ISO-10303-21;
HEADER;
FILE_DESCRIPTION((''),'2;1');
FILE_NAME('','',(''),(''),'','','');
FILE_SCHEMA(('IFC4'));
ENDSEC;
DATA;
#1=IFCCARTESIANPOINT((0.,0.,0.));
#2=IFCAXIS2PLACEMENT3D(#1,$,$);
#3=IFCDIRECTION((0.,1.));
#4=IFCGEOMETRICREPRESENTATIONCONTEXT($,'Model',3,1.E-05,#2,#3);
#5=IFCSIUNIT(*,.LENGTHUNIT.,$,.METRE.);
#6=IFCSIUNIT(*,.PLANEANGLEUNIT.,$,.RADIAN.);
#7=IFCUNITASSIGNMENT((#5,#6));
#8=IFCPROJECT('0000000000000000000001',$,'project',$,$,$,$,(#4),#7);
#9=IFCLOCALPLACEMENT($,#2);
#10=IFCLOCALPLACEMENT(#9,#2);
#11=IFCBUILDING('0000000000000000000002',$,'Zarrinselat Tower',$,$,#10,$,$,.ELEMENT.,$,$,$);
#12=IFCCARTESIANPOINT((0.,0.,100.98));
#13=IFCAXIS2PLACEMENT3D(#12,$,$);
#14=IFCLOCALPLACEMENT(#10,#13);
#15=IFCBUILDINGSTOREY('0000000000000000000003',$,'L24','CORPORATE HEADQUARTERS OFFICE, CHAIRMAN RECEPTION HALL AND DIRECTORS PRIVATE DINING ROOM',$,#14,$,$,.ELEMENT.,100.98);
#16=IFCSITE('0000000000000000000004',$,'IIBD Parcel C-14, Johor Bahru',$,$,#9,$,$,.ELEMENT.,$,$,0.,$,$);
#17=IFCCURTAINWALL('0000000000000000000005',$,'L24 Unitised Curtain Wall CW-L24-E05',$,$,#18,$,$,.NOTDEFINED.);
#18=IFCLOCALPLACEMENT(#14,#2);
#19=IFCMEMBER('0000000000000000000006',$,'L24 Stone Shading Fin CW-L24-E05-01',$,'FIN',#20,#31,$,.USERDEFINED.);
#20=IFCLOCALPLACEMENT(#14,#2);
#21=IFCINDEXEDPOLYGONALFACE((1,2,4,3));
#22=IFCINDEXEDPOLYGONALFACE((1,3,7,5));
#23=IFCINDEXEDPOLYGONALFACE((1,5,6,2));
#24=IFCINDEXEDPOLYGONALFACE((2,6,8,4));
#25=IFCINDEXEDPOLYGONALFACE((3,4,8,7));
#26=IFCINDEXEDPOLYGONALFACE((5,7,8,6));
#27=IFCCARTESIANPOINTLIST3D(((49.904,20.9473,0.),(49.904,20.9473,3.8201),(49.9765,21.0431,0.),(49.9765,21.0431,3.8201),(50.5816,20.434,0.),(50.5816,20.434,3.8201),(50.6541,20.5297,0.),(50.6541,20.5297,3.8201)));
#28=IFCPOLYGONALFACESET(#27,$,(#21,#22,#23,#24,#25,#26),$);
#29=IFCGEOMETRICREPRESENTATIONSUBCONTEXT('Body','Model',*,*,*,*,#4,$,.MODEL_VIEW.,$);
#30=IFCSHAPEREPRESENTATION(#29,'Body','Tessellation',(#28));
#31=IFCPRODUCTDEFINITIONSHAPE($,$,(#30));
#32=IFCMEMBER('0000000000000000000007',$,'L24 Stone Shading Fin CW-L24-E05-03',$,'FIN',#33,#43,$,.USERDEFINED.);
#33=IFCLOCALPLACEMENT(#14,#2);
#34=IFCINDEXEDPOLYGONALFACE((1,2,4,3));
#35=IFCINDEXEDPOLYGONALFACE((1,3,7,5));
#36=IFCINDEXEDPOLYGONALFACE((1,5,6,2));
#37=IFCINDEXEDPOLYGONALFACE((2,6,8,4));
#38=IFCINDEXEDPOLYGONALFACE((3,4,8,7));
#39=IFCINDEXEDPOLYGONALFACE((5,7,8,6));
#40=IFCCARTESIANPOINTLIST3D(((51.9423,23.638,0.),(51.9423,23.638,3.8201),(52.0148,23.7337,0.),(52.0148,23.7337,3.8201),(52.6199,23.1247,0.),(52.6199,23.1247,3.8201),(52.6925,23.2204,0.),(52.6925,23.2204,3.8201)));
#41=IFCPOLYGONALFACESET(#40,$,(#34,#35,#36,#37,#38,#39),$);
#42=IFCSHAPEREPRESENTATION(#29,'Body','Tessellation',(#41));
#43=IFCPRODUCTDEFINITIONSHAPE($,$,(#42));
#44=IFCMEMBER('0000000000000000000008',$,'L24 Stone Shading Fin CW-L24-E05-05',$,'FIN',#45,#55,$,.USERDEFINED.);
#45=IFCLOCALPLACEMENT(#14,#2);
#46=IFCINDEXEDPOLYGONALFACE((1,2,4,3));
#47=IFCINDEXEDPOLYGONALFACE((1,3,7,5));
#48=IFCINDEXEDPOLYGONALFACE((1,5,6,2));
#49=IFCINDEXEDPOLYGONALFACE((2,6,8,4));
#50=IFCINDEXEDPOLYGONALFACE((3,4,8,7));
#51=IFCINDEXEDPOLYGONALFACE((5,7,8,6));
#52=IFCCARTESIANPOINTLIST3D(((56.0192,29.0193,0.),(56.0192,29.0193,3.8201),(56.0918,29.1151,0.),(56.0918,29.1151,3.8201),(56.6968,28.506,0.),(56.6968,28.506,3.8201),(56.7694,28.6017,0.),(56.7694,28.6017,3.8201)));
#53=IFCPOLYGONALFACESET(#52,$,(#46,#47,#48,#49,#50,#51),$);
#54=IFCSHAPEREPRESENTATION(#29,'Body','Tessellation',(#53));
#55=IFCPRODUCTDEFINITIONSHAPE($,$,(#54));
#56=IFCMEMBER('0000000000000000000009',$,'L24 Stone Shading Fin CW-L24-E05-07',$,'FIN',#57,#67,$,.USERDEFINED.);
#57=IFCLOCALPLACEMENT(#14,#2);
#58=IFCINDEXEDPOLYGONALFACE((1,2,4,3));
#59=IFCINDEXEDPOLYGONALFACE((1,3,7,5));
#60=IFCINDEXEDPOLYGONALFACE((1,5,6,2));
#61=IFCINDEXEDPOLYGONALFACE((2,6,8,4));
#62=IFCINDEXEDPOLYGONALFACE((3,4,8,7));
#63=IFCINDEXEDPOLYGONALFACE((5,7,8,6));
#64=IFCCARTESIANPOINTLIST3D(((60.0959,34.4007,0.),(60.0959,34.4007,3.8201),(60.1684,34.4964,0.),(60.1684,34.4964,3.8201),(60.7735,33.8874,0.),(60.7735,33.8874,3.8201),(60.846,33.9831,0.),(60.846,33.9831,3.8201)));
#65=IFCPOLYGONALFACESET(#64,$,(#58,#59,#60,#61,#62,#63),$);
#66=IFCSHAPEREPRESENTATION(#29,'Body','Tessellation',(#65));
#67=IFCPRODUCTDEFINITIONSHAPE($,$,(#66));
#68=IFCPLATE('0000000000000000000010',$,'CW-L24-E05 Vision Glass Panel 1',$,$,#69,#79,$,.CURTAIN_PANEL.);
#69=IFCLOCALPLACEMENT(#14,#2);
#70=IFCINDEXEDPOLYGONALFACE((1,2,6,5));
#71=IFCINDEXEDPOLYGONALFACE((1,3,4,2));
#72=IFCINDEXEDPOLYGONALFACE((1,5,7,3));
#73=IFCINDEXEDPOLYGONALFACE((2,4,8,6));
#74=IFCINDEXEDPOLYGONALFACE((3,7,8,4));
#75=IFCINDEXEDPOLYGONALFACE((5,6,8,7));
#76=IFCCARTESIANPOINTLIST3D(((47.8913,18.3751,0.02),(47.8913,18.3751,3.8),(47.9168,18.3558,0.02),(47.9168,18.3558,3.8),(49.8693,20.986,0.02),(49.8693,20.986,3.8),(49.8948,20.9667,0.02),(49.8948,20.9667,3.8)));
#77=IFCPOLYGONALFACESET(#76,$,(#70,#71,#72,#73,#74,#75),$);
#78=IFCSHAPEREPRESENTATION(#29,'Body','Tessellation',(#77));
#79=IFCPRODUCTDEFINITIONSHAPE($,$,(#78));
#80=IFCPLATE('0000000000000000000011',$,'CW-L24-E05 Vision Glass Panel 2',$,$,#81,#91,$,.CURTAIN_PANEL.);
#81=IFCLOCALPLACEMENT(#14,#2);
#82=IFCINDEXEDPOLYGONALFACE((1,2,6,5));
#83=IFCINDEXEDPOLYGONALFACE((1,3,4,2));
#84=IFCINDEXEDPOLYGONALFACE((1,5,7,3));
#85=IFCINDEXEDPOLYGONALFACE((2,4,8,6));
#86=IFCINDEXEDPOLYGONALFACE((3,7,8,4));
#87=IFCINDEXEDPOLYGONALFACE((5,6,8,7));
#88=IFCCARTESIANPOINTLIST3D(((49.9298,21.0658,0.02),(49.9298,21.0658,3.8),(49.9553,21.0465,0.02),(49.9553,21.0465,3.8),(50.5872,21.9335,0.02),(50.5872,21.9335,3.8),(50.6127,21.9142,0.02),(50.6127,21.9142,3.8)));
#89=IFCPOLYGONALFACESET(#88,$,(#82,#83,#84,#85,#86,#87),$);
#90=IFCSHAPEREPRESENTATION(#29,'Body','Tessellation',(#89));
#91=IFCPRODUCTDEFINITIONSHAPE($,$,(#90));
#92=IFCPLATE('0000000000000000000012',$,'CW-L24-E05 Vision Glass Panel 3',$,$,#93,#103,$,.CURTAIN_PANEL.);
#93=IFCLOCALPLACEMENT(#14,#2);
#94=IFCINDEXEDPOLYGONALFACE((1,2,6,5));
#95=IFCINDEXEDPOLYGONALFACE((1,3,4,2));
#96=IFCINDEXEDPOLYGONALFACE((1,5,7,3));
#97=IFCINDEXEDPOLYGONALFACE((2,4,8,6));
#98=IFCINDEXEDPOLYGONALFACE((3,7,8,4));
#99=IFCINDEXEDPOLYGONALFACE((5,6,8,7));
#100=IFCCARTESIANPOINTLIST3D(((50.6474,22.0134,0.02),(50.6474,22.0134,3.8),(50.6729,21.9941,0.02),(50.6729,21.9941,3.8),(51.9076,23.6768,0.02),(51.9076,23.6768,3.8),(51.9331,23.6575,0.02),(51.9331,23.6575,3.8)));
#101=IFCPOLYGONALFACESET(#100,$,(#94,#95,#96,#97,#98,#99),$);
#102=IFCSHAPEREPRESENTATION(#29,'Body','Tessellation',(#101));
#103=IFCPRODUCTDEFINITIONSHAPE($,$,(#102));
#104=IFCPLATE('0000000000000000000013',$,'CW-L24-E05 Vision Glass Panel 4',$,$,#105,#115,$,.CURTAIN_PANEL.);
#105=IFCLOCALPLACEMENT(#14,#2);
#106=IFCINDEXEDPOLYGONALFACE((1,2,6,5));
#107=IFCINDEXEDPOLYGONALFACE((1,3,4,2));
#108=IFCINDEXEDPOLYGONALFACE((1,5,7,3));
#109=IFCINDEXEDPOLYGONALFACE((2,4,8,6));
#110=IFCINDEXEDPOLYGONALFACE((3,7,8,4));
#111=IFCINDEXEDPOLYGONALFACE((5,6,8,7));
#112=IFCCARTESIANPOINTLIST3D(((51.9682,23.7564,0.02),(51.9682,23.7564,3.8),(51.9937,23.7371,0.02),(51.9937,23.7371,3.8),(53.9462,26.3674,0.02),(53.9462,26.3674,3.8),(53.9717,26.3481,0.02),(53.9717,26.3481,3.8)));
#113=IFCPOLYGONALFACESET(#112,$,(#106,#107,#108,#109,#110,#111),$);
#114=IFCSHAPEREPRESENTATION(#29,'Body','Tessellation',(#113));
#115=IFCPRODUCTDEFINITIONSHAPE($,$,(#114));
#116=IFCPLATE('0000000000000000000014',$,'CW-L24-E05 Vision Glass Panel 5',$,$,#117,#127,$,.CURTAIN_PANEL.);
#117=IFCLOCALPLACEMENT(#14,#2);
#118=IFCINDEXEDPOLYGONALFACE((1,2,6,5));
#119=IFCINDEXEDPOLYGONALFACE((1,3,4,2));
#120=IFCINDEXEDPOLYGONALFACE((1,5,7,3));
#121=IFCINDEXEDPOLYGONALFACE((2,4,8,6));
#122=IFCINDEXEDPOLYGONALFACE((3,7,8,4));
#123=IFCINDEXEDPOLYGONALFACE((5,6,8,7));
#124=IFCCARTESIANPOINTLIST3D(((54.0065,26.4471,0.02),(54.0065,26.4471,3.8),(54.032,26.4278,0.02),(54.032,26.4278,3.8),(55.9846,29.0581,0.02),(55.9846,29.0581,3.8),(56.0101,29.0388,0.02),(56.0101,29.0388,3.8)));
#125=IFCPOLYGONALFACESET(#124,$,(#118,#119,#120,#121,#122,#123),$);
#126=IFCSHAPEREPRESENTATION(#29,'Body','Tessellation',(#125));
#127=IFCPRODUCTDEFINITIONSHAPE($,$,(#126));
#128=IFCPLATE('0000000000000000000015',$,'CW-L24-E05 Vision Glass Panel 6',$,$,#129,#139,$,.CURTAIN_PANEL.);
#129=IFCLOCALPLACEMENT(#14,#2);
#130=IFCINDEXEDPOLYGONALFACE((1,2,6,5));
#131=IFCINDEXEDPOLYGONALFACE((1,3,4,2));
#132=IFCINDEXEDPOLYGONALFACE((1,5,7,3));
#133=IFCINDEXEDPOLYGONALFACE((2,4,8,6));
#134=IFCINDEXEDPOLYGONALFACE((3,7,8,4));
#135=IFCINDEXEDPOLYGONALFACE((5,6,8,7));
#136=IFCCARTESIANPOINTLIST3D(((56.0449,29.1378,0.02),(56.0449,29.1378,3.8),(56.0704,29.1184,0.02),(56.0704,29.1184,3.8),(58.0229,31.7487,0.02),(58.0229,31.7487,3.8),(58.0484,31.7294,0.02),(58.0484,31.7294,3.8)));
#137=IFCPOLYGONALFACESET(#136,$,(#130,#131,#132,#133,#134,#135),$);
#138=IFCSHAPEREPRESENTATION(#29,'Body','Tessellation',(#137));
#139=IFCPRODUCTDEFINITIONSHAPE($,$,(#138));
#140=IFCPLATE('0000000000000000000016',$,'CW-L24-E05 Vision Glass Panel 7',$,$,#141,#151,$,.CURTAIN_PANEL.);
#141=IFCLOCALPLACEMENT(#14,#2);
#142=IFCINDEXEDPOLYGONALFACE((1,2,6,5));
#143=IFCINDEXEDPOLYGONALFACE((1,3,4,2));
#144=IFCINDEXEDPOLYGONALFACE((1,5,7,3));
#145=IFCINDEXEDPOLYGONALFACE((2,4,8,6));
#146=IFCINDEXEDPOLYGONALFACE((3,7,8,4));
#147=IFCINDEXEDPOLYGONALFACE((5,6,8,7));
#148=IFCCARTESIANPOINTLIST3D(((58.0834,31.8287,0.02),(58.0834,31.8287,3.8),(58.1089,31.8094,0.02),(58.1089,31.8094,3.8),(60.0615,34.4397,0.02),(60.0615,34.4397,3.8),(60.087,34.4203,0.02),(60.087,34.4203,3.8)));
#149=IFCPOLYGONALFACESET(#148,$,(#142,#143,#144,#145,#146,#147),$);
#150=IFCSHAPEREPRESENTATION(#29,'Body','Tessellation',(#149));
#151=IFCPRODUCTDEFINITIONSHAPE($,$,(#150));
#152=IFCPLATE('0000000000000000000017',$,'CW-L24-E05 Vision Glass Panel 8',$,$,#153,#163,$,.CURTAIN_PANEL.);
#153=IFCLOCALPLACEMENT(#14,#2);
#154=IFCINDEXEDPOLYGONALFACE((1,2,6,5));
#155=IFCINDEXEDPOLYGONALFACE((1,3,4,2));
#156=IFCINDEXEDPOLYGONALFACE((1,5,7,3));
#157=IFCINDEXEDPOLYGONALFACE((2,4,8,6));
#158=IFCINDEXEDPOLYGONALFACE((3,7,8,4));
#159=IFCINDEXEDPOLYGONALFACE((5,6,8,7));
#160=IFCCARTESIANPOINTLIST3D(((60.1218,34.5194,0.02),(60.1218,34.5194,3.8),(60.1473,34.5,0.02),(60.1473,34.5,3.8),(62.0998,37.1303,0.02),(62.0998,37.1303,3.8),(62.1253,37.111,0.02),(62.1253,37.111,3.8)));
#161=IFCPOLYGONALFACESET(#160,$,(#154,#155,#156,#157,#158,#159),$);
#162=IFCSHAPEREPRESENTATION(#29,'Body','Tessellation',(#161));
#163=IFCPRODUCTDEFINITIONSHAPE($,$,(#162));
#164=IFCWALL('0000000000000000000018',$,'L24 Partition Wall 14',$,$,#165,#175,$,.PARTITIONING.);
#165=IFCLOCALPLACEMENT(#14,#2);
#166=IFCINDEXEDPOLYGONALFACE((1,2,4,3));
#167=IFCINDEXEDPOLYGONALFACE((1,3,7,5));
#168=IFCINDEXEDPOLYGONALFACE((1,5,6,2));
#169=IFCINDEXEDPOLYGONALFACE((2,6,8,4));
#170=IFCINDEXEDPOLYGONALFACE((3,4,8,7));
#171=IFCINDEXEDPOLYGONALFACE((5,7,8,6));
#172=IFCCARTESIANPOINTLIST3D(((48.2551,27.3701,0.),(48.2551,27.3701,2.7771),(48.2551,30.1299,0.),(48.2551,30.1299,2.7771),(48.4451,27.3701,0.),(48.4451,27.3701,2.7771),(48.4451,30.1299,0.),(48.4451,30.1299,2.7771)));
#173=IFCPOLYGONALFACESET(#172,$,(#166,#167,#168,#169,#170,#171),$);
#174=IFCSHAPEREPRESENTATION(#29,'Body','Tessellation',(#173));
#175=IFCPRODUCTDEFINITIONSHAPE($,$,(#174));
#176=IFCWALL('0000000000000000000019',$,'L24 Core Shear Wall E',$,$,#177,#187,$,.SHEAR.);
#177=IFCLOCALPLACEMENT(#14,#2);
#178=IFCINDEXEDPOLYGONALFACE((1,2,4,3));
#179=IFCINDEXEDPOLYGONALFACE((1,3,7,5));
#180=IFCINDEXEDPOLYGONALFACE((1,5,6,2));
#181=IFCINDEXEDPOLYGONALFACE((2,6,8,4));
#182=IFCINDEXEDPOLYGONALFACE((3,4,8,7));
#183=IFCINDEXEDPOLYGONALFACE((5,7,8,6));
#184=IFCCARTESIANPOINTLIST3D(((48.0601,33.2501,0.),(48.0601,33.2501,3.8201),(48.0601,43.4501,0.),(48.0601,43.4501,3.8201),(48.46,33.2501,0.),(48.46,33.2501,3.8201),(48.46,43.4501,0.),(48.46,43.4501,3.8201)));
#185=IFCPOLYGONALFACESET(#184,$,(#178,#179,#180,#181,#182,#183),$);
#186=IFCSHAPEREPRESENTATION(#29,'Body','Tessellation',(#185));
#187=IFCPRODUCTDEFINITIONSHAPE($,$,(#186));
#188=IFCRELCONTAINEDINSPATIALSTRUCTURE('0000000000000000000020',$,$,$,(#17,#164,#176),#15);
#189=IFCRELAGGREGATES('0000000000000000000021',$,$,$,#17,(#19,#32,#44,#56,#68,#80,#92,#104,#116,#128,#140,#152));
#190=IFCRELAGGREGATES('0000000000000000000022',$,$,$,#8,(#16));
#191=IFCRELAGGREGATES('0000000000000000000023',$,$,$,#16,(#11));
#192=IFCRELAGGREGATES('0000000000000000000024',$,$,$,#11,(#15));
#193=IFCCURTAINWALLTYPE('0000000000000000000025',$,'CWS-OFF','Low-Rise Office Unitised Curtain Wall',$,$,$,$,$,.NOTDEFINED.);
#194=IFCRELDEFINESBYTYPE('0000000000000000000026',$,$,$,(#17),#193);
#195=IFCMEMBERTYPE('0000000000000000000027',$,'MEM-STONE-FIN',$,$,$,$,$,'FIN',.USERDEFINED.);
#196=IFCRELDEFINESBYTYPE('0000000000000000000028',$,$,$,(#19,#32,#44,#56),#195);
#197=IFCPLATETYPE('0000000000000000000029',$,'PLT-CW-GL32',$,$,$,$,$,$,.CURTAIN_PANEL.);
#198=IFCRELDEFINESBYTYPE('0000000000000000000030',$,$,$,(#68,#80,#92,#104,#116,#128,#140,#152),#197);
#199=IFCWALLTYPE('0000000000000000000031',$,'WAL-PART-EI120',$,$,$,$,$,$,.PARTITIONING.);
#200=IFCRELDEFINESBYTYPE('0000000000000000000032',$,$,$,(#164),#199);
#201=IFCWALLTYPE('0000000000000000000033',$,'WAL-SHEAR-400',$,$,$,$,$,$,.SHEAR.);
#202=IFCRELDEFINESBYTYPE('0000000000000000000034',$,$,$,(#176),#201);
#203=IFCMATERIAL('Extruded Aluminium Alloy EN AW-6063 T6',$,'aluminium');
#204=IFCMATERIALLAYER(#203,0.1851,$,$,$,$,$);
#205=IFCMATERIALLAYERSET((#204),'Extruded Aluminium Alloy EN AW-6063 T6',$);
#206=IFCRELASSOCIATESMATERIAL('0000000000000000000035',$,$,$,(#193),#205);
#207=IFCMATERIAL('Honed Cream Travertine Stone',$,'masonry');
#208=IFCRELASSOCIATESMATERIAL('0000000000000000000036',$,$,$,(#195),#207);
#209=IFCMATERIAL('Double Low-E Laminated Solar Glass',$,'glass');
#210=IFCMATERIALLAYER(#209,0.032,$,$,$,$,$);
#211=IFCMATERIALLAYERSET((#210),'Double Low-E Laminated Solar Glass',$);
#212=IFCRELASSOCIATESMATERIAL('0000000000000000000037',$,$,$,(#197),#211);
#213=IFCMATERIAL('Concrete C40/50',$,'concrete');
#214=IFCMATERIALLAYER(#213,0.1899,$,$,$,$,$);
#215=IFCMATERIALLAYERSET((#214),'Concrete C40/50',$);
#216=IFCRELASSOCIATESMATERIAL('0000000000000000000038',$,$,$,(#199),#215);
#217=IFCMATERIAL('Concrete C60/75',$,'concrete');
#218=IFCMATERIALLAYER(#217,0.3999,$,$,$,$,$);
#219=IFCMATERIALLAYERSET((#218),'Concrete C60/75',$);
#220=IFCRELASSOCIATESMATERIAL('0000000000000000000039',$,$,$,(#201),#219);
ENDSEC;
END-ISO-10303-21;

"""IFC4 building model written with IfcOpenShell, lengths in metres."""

from ifc_helpers import new_model, si_unit, direction, frame, frame_2d, origin, origin_2d, place, context, subcontext, project, spatial, rectangle, extrude, material, layer, layer_set, material_profile, profile_set, type_object, element, aggregate, save


model = new_model("IFC4")

# Units and contexts
model_context = context("Model", 3, precision=1e-05, world=origin(), true_north=direction((0.0, 1.0)))
body_context = subcontext(model_context, "Body", "Model", "MODEL_VIEW")
ifc_project = project(units=[si_unit("LENGTHUNIT", "METRE"), si_unit("PLANEANGLEUNIT", "RADIAN")], contexts=[model_context])

# Site, building, storey
site_placement = place(None, origin())
site = spatial("IfcSite", under=ifc_project, at=site_placement, Name="IIBD Parcel C-14, Johor Bahru", CompositionType="ELEMENT", RefElevation=0.0)
building_placement = place(site_placement, origin())
building = spatial("IfcBuilding", under=site, at=building_placement, Name="Zarrinselat Tower", CompositionType="ELEMENT")
storey_placement = place(building_placement, frame((0.0, 0.0, 100.98)))
storey = spatial("IfcBuildingStorey", under=building, at=storey_placement, Name="L24", Description="CORPORATE HEADQUARTERS OFFICE, CHAIRMAN RECEPTION HALL AND DIRECTORS PRIVATE DINING ROOM", CompositionType="ELEMENT", Elevation=100.98)

# Shared definitions
ifc_material_1 = material(Name="Extruded Aluminium Alloy EN AW-6063 T6", Category="aluminium")
ifc_layer_1 = layer(ifc_material_1, 0.1851)
ifc_layer_set_1 = layer_set([ifc_layer_1], Name="Extruded Aluminium Alloy EN AW-6063 T6")
curtain_wall_type = type_object("IfcCurtainWallType", Name="CWS-OFF", Description="Low-Rise Office Unitised Curtain Wall", PredefinedType="NOTDEFINED", material=ifc_layer_set_1)

# Curtain wall, members, plates
curtain_wall_1_placement = place(storey_placement, origin())
curtain_wall_1 = element("IfcCurtainWall", 1, at=curtain_wall_1_placement, inside=storey, type_object=curtain_wall_type, Name="L24 Unitised Curtain Wall CW-L24-E05", PredefinedType="NOTDEFINED")
ifc_material_2 = material(Name="Honed Cream Travertine Stone", Category="masonry")
ifc_material_profile_1 = material_profile(ifc_material_2, rectangle(XDim=0.1201, YDim=0.8501, at=origin_2d()), Name="FIN 850x120")
ifc_profile_set_1 = profile_set([ifc_material_profile_1], Name="Honed Cream Travertine Stone")
member_type_1 = type_object("IfcMemberType", Name="MEM-STONE-FIN", ElementType="FIN", PredefinedType="USERDEFINED", material=ifc_profile_set_1)
member_1_placement = place(storey_placement, frame((50.2791, 20.7385, 0.0), z_axis=(0.0, 0.0, 1.0), x_axis=(-0.603858, -0.797092, 0.0)))
member_1 = element("IfcMember", 2, at=member_1_placement, type_object=member_type_1, Name="L24 Stone Shading Fin CW-L24-E05-01", ObjectType="FIN", PredefinedType="USERDEFINED", context=body_context, shape_type="SweptSolid", body=[
    extrude(rectangle(XDim=0.1201, YDim=0.8501, at=origin_2d()), origin(), (0.0, 0.0, 1.0), 3.8201),
])
member_2_placement = place(storey_placement, frame((52.3174, 23.4292, 0.0), z_axis=(0.0, 0.0, 1.0), x_axis=(-0.603858, -0.797092, 0.0)))
member_2 = element("IfcMember", 3, at=member_2_placement, type_object=member_type_1, Name="L24 Stone Shading Fin CW-L24-E05-03", ObjectType="FIN", PredefinedType="USERDEFINED", context=body_context, shape_type="SweptSolid", body=[
    extrude(rectangle(XDim=0.1201, YDim=0.8501, at=origin_2d()), origin(), (0.0, 0.0, 1.0), 3.8201),
])
member_3_placement = place(storey_placement, frame((56.3943, 28.8105, 0.0), z_axis=(0.0, 0.0, 1.0), x_axis=(-0.603858, -0.797092, 0.0)))
member_3 = element("IfcMember", 4, at=member_3_placement, type_object=member_type_1, Name="L24 Stone Shading Fin CW-L24-E05-05", ObjectType="FIN", PredefinedType="USERDEFINED", context=body_context, shape_type="SweptSolid", body=[
    extrude(rectangle(XDim=0.1201, YDim=0.8501, at=origin_2d()), origin(), (0.0, 0.0, 1.0), 3.8201),
])
member_4_placement = place(storey_placement, frame((60.4709, 34.1919, 0.0), z_axis=(0.0, 0.0, 1.0), x_axis=(-0.603858, -0.797092, 0.0)))
member_4 = element("IfcMember", 5, at=member_4_placement, type_object=member_type_1, Name="L24 Stone Shading Fin CW-L24-E05-07", ObjectType="FIN", PredefinedType="USERDEFINED", context=body_context, shape_type="SweptSolid", body=[
    extrude(rectangle(XDim=0.1201, YDim=0.8501, at=origin_2d()), origin(), (0.0, 0.0, 1.0), 3.8201),
])
ifc_material_3 = material(Name="Double Low-E Laminated Solar Glass", Category="glass")
ifc_layer_2 = layer(ifc_material_3, 0.032)
ifc_layer_set_2 = layer_set([ifc_layer_2], Name="Double Low-E Laminated Solar Glass")
plate_type = type_object("IfcPlateType", Name="PLT-CW-GL32", PredefinedType="CURTAIN_PANEL", material=ifc_layer_set_2)
plate_1_placement = place(storey_placement, frame((48.8931, 19.6709, 0.02), z_axis=(0.0, 0.0, 1.0), x_axis=(0.603858, 0.797092, 0.0)))
plate_1 = element("IfcPlate", 6, at=plate_1_placement, type_object=plate_type, Name="CW-L24-E05 Vision Glass Panel 1", PredefinedType="CURTAIN_PANEL", context=body_context, shape_type="SweptSolid", body=[
    extrude(rectangle(XDim=3.2756, YDim=0.032, at=origin_2d()), origin(), (0.0, 0.0, 1.0), 3.78),
])
plate_2_placement = place(storey_placement, frame((50.2712, 21.49, 0.02), z_axis=(0.0, 0.0, 1.0), x_axis=(0.603858, 0.797092, 0.0)))
plate_2 = element("IfcPlate", 7, at=plate_2_placement, type_object=plate_type, Name="CW-L24-E05 Vision Glass Panel 2", PredefinedType="CURTAIN_PANEL", context=body_context, shape_type="SweptSolid", body=[
    extrude(rectangle(XDim=1.0886, YDim=0.032, at=origin_2d()), origin(), (0.0, 0.0, 1.0), 3.78),
])
plate_3_placement = place(storey_placement, frame((51.2903, 22.8354, 0.02), z_axis=(0.0, 0.0, 1.0), x_axis=(0.603858, 0.797092, 0.0)))
plate_3 = element("IfcPlate", 8, at=plate_3_placement, type_object=plate_type, Name="CW-L24-E05 Vision Glass Panel 3", PredefinedType="CURTAIN_PANEL", context=body_context, shape_type="SweptSolid", body=[
    extrude(rectangle(XDim=2.0869, YDim=0.032, at=origin_2d()), origin(), (0.0, 0.0, 1.0), 3.78),
])
plate_4_placement = place(storey_placement, frame((52.97, 25.0522, 0.02), z_axis=(0.0, 0.0, 1.0), x_axis=(0.603858, 0.797092, 0.0)))
plate_4 = element("IfcPlate", 9, at=plate_4_placement, type_object=plate_type, Name="CW-L24-E05 Vision Glass Panel 4", PredefinedType="CURTAIN_PANEL", context=body_context, shape_type="SweptSolid", body=[
    extrude(rectangle(XDim=3.2756, YDim=0.032, at=origin_2d()), origin(), (0.0, 0.0, 1.0), 3.78),
])
plate_5_placement = place(storey_placement, frame((55.0083, 27.7429, 0.02), z_axis=(0.0, 0.0, 1.0), x_axis=(0.603858, 0.797092, 0.0)))
plate_5 = element("IfcPlate", 10, at=plate_5_placement, type_object=plate_type, Name="CW-L24-E05 Vision Glass Panel 5", PredefinedType="CURTAIN_PANEL", context=body_context, shape_type="SweptSolid", body=[
    extrude(rectangle(XDim=3.2756, YDim=0.032, at=origin_2d()), origin(), (0.0, 0.0, 1.0), 3.78),
])
plate_6_placement = place(storey_placement, frame((57.0466, 30.4336, 0.02), z_axis=(0.0, 0.0, 1.0), x_axis=(0.603858, 0.797092, 0.0)))
plate_6 = element("IfcPlate", 11, at=plate_6_placement, type_object=plate_type, Name="CW-L24-E05 Vision Glass Panel 6", PredefinedType="CURTAIN_PANEL", context=body_context, shape_type="SweptSolid", body=[
    extrude(rectangle(XDim=3.2756, YDim=0.032, at=origin_2d()), origin(), (0.0, 0.0, 1.0), 3.78),
])
plate_7_placement = place(storey_placement, frame((59.0852, 33.1245, 0.02), z_axis=(0.0, 0.0, 1.0), x_axis=(0.603858, 0.797092, 0.0)))
plate_7 = element("IfcPlate", 12, at=plate_7_placement, type_object=plate_type, Name="CW-L24-E05 Vision Glass Panel 7", PredefinedType="CURTAIN_PANEL", context=body_context, shape_type="SweptSolid", body=[
    extrude(rectangle(XDim=3.2756, YDim=0.032, at=origin_2d()), origin(), (0.0, 0.0, 1.0), 3.78),
])
plate_8_placement = place(storey_placement, frame((61.1235, 35.8152, 0.02), z_axis=(0.0, 0.0, 1.0), x_axis=(0.603858, 0.797092, 0.0)))
plate_8 = element("IfcPlate", 13, at=plate_8_placement, type_object=plate_type, Name="CW-L24-E05 Vision Glass Panel 8", PredefinedType="CURTAIN_PANEL", context=body_context, shape_type="SweptSolid", body=[
    extrude(rectangle(XDim=3.2756, YDim=0.032, at=origin_2d()), origin(), (0.0, 0.0, 1.0), 3.78),
])
aggregate(curtain_wall_1, [member_1, member_2, member_3, member_4, plate_1, plate_2, plate_3, plate_4, plate_5, plate_6, plate_7, plate_8])

# Walls
ifc_material_4 = material(Name="Concrete C40/50", Category="concrete")
ifc_layer_3 = layer(ifc_material_4, 0.1899)
ifc_layer_set_3 = layer_set([ifc_layer_3], Name="Concrete C40/50")
wall_type_1 = type_object("IfcWallType", Name="WAL-PART-EI120", PredefinedType="PARTITIONING", material=ifc_layer_set_3)
wall_1_placement = place(storey_placement, frame((48.3501, 27.3701, 0.0), z_axis=(0.0, 0.0, 1.0), x_axis=(0.0, 1.0, 0.0)))
element("IfcWall", 14, at=wall_1_placement, inside=storey, type_object=wall_type_1, Name="L24 Partition Wall 14", PredefinedType="PARTITIONING", context=body_context, shape_type="SweptSolid", body=[
    extrude(rectangle(XDim=2.7598, YDim=0.1899, at=frame_2d((1.3799, 0.0))), origin(), (0.0, 0.0, 1.0), 2.7771),
])
ifc_material_5 = material(Name="Concrete C60/75", Category="concrete")
ifc_layer_4 = layer(ifc_material_5, 0.3999)
ifc_layer_set_4 = layer_set([ifc_layer_4], Name="Concrete C60/75")
wall_type_2 = type_object("IfcWallType", Name="WAL-SHEAR-400", PredefinedType="SHEAR", material=ifc_layer_set_4)
wall_2_placement = place(storey_placement, frame((48.26, 33.25, 0.0), z_axis=(0.0, 0.0, 1.0), x_axis=(0.0, 1.0, 0.0)))
element("IfcWall", 15, at=wall_2_placement, inside=storey, type_object=wall_type_2, Name="L24 Core Shear Wall E", PredefinedType="SHEAR", context=body_context, shape_type="SweptSolid", body=[
    extrude(rectangle(XDim=10.2, YDim=0.3999, at=frame_2d((5.1001, 0.0))), origin(), (0.0, 0.0, 1.0), 3.8201),
])

save(model, "model.ifc")
